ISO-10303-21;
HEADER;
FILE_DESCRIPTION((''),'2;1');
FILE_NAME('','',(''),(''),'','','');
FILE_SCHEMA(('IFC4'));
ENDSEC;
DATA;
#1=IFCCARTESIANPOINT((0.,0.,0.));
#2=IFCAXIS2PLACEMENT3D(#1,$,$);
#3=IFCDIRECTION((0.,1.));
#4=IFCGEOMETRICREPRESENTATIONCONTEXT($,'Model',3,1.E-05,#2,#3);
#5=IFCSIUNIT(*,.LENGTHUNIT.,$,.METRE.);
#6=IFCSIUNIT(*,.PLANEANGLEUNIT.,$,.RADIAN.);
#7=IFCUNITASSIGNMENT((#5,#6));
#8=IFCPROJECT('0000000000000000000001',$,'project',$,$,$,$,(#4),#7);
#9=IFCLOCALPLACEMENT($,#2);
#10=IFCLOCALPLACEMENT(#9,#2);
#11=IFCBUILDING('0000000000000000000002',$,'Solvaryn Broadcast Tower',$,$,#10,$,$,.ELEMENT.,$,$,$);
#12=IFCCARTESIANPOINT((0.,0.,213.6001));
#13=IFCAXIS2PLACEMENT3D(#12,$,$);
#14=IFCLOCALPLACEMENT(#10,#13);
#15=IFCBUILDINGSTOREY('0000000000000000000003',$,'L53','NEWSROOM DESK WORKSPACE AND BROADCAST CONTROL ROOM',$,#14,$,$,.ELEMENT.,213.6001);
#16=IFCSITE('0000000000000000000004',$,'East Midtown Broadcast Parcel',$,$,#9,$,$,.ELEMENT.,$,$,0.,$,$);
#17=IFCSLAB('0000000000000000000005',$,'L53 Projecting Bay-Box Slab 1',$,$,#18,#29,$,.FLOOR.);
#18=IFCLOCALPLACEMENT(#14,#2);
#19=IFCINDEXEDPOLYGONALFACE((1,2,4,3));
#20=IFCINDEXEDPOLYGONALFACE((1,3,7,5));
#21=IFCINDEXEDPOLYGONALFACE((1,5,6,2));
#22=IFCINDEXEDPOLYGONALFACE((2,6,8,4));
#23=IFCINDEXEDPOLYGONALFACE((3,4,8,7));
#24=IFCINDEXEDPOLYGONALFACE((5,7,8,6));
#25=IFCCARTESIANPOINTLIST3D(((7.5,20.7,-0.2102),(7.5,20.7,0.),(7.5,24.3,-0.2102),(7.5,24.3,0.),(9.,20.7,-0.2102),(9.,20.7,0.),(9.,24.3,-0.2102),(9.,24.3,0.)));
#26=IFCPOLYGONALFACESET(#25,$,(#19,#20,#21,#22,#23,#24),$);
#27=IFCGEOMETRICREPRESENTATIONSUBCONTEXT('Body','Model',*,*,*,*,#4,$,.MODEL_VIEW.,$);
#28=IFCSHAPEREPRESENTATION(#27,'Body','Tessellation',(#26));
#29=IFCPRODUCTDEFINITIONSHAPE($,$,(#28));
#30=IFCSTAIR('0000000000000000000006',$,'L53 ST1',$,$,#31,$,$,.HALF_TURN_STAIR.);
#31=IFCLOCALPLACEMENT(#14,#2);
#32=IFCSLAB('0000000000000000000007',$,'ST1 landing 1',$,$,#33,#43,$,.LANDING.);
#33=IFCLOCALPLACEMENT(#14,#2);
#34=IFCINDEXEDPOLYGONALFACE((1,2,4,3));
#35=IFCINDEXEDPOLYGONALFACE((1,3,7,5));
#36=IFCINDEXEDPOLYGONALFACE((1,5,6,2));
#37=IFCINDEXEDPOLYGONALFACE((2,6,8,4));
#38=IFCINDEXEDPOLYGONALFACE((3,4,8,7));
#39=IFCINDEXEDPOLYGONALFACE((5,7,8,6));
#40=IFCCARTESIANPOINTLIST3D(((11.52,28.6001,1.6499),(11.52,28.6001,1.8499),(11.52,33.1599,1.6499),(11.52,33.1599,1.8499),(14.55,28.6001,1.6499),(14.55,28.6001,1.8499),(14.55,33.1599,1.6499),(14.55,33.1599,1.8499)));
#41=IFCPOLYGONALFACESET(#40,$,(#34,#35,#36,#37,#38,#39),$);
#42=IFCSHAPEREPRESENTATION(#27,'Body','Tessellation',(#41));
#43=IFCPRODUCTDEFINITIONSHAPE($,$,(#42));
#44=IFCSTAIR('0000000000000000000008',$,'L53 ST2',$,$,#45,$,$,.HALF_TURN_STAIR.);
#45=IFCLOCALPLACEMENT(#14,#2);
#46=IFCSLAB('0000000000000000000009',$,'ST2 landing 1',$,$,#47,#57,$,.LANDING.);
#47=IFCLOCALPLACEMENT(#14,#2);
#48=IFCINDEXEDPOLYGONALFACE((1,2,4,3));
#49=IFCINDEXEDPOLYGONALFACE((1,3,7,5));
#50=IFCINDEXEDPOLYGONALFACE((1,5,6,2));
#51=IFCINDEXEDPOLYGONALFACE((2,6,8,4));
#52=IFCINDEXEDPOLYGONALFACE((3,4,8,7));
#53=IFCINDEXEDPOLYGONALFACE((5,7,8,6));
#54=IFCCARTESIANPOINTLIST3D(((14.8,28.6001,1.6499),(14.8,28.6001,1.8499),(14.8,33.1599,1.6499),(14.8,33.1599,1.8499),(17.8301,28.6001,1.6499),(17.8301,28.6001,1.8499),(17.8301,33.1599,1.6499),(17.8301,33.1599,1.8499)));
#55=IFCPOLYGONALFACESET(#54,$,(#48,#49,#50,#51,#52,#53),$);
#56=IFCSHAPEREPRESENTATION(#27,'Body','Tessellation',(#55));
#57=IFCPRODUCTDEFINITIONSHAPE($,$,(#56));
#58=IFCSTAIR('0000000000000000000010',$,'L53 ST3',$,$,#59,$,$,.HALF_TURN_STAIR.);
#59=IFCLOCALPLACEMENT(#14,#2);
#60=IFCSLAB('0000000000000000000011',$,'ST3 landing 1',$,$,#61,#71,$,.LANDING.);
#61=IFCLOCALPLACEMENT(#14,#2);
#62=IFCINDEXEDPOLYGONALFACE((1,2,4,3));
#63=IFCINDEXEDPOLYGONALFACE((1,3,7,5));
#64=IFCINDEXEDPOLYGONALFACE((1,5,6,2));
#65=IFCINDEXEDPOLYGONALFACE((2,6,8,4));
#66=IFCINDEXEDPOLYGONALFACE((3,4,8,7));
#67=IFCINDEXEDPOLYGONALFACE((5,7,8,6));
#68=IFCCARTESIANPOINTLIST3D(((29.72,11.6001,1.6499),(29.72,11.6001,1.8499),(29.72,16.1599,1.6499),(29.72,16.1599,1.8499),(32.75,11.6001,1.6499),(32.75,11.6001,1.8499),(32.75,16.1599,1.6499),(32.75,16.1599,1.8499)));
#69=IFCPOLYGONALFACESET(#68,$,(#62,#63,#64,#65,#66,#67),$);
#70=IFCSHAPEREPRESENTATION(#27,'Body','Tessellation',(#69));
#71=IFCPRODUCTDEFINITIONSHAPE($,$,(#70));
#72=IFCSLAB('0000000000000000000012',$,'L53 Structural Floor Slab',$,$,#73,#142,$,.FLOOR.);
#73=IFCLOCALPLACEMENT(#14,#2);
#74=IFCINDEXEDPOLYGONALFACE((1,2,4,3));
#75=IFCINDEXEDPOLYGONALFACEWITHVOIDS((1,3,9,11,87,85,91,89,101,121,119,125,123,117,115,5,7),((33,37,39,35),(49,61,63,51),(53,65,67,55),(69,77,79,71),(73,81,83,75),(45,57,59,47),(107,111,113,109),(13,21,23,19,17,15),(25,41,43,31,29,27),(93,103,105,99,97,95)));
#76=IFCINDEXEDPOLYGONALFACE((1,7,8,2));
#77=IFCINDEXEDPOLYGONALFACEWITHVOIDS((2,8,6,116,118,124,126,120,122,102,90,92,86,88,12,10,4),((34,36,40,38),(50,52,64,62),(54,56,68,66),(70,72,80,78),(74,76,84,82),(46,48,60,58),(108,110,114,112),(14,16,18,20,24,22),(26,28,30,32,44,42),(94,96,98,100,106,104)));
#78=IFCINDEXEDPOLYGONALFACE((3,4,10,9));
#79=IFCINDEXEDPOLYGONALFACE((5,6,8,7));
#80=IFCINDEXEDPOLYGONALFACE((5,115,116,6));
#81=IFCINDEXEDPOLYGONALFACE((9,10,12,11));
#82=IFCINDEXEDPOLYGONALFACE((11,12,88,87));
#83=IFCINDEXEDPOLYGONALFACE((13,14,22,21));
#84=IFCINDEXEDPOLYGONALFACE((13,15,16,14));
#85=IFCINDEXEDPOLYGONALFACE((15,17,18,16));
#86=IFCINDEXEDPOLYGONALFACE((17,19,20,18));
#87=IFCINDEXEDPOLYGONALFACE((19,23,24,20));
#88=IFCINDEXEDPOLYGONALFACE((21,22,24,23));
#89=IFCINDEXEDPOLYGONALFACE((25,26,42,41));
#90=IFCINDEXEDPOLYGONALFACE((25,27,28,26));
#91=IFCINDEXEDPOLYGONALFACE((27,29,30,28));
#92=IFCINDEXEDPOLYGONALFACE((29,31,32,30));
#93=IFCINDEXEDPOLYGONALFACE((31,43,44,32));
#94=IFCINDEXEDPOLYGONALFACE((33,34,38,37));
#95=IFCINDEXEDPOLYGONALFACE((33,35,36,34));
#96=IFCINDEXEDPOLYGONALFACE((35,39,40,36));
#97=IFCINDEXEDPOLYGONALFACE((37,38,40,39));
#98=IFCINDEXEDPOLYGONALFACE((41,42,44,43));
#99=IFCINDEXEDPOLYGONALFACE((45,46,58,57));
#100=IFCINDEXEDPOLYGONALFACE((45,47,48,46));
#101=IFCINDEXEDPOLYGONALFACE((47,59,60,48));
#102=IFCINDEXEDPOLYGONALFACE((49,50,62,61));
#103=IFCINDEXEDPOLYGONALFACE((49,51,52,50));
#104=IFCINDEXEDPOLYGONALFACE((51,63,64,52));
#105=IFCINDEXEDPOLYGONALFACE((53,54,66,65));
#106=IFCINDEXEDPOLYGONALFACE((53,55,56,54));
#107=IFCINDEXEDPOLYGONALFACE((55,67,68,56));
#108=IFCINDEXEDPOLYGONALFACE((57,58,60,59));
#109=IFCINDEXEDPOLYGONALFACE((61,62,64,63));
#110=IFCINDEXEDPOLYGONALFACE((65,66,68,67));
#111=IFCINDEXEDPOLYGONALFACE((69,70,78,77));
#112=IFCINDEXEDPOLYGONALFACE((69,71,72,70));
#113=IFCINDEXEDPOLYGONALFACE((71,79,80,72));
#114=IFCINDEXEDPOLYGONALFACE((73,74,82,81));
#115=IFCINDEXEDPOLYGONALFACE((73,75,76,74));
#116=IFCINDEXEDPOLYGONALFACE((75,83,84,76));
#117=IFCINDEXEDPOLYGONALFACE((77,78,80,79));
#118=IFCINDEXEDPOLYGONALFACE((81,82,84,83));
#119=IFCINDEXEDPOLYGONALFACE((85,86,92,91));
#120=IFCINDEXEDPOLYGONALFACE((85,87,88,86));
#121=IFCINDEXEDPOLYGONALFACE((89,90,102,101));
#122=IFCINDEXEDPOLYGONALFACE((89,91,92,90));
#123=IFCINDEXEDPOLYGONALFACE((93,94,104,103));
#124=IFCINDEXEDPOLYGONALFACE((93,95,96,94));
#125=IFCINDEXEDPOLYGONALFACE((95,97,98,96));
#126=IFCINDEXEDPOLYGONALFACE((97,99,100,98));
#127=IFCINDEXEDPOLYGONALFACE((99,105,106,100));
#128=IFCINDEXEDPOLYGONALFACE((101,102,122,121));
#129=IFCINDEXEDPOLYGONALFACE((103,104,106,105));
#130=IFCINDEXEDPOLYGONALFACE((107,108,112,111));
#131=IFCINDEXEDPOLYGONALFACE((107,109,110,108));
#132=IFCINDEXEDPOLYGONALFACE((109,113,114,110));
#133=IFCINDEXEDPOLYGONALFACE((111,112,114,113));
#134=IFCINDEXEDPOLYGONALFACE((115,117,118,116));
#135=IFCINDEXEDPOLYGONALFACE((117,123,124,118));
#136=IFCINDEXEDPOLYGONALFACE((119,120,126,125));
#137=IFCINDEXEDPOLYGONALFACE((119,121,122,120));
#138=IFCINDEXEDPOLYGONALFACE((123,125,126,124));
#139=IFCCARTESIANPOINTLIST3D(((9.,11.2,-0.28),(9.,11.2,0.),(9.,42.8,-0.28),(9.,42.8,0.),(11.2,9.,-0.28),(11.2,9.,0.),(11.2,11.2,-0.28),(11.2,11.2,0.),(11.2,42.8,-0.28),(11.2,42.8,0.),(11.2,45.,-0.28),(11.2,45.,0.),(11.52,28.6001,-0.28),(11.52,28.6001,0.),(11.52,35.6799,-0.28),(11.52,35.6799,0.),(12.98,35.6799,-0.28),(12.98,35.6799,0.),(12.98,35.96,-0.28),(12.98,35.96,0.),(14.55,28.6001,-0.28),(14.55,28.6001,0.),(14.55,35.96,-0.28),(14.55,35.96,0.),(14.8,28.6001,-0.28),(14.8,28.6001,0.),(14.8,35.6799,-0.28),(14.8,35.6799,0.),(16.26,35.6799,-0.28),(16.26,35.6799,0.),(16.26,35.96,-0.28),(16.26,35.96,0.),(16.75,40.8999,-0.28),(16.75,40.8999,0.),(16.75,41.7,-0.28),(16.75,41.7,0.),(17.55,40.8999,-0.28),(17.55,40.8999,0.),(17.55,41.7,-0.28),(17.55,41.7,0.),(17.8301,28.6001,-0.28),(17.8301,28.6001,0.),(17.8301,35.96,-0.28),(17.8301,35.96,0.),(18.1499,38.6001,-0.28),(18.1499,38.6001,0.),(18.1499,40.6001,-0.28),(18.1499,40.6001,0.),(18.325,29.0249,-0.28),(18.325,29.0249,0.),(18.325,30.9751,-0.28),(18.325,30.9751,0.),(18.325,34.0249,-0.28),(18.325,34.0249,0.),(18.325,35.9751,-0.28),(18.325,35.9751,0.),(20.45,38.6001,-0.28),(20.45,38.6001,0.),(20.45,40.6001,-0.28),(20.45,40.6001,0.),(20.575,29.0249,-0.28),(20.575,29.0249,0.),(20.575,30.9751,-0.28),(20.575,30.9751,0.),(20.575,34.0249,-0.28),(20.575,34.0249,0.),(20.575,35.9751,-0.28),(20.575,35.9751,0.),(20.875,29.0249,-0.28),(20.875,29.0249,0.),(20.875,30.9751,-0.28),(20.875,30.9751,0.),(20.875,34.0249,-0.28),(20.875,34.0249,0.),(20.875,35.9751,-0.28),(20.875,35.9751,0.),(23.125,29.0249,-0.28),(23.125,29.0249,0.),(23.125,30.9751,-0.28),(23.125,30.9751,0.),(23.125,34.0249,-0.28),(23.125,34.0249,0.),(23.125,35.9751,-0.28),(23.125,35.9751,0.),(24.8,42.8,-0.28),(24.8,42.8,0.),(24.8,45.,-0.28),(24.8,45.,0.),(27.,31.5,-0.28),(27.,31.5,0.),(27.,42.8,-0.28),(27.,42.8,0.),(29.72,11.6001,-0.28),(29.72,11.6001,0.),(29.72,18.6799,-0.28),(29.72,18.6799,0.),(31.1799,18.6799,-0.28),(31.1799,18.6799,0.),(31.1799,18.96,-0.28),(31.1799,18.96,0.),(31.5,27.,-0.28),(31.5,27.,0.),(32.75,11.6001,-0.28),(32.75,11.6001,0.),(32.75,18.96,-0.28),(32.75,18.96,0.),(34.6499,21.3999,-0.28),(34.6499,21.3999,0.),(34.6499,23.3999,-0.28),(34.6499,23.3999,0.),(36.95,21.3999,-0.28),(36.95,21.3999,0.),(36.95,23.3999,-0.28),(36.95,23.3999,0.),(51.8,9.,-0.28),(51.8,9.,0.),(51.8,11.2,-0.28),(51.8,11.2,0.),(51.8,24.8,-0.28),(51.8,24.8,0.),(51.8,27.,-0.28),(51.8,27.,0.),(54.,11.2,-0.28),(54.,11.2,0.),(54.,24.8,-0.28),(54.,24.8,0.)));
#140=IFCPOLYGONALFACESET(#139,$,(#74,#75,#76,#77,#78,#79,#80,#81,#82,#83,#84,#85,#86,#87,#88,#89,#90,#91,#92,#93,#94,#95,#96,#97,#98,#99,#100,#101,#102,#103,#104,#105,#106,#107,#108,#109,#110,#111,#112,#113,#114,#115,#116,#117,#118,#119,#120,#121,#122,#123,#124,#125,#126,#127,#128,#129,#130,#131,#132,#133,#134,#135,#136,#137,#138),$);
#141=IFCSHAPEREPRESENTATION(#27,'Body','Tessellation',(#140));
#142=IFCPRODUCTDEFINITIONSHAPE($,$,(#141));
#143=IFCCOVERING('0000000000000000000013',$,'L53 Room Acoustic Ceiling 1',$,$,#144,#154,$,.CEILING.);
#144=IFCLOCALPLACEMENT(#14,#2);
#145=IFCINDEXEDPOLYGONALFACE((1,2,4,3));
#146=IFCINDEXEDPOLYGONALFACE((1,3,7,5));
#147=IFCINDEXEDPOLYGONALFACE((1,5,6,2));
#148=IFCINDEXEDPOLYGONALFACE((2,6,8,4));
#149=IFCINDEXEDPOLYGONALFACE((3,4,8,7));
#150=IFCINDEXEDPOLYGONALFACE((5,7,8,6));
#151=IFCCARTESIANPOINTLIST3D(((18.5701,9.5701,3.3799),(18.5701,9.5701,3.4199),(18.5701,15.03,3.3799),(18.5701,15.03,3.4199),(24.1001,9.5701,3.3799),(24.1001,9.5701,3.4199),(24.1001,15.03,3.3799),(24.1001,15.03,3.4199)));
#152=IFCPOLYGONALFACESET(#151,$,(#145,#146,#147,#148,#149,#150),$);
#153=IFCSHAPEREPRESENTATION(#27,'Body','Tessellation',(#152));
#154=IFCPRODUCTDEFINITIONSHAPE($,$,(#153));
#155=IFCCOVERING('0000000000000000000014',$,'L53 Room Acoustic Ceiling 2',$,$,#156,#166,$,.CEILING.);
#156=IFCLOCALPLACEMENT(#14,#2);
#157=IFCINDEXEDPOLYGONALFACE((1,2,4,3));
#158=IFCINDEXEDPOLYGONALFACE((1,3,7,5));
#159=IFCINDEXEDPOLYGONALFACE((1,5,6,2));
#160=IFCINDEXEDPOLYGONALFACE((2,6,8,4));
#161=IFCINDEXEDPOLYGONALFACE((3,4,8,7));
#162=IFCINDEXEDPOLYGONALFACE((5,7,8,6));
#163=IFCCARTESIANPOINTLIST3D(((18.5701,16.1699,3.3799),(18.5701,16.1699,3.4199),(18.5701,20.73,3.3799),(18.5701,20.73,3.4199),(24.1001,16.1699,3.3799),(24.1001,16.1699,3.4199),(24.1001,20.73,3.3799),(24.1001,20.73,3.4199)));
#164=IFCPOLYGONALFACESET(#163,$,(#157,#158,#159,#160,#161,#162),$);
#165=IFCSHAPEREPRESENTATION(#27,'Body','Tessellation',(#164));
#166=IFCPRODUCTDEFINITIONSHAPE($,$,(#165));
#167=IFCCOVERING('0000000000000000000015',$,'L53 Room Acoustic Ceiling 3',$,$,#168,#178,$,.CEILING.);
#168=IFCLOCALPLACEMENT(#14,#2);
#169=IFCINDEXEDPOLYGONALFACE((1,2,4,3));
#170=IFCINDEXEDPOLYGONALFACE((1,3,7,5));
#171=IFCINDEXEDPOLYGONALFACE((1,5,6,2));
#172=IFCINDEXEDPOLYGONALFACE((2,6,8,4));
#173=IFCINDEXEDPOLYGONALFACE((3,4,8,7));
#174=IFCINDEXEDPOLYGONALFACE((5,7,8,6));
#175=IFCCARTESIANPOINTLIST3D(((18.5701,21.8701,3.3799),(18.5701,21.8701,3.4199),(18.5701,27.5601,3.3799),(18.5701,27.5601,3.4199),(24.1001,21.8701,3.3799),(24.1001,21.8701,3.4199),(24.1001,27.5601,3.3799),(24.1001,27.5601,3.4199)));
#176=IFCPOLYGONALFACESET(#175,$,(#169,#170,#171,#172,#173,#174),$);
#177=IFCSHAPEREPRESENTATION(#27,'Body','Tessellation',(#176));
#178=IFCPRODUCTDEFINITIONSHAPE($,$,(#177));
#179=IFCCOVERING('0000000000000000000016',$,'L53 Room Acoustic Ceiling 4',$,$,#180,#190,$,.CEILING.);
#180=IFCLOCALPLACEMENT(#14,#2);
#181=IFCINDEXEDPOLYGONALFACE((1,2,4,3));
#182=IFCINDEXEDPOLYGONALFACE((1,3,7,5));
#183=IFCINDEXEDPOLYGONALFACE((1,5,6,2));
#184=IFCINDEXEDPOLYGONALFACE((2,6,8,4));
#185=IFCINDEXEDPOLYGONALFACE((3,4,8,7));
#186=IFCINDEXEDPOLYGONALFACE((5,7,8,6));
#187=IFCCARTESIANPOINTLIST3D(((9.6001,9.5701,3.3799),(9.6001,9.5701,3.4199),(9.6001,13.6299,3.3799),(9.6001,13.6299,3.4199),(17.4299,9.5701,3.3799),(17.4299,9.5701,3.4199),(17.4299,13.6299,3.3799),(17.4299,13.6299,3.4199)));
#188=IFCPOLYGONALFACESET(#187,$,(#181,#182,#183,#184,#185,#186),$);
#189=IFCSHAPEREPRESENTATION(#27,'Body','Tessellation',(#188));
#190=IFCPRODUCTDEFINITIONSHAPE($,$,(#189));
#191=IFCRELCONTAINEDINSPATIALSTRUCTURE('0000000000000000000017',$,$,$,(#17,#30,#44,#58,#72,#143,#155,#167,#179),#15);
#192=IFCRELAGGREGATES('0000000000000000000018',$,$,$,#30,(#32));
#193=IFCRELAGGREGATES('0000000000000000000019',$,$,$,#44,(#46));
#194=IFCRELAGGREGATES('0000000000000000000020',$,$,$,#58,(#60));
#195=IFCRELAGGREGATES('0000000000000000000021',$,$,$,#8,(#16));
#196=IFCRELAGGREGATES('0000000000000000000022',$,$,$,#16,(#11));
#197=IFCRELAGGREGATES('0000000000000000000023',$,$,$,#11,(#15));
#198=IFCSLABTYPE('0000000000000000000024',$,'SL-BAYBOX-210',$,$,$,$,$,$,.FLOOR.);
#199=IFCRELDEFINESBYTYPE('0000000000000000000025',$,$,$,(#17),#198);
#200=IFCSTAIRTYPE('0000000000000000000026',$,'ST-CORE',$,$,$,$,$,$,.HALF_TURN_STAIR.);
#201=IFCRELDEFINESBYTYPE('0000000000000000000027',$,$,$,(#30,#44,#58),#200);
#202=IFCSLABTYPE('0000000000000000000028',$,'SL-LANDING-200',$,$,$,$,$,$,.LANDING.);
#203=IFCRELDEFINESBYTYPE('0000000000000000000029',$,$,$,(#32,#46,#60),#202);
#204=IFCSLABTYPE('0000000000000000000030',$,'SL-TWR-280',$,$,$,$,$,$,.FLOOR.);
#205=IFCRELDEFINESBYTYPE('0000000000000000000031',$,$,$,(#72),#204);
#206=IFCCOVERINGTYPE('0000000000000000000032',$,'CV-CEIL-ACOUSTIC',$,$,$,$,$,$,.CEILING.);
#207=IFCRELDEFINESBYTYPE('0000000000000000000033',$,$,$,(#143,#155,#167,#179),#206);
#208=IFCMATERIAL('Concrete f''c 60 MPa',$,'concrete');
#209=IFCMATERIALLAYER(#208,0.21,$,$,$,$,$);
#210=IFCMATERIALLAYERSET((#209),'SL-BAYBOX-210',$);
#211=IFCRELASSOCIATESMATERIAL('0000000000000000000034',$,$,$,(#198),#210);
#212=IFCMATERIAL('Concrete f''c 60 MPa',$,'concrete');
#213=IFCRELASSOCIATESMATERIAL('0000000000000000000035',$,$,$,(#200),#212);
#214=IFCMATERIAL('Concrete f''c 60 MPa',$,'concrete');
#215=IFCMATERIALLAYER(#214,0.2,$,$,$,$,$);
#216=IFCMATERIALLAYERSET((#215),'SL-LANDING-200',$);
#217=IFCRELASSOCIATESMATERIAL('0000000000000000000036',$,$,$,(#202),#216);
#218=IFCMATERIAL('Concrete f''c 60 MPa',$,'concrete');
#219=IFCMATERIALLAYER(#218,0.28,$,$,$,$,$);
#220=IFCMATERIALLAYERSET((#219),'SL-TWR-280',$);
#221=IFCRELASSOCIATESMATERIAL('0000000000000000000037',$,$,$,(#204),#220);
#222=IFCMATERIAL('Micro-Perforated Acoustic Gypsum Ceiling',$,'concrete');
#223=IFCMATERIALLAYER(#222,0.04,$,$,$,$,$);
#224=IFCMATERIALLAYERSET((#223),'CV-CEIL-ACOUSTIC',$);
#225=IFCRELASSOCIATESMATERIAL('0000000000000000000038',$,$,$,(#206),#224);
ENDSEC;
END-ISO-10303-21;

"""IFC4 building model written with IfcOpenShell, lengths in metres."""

from ifc_helpers import new_model, si_unit, direction, frame, origin, place, context, subcontext, project, spatial, polyline, outline, extrude, material, layer, layer_set, type_object, element, aggregate, save


model = new_model("IFC4")

# Units and contexts
model_context = context("Model", 3, precision=1e-05, world=origin(), true_north=direction((0.0, 1.0)))
body_context = subcontext(model_context, "Body", "Model", "MODEL_VIEW")
ifc_project = project(units=[si_unit("LENGTHUNIT", "METRE"), si_unit("PLANEANGLEUNIT", "RADIAN")], contexts=[model_context])

# Site, building, storey
site_placement = place(None, origin())
site = spatial("IfcSite", under=ifc_project, at=site_placement, Name="East Midtown Broadcast Parcel", CompositionType="ELEMENT", RefElevation=0.0)
building_placement = place(site_placement, origin())
building = spatial("IfcBuilding", under=site, at=building_placement, Name="Solvaryn Broadcast Tower", CompositionType="ELEMENT")
storey_placement = place(building_placement, frame((0.0, 0.0, 213.6001)))
storey = spatial("IfcBuildingStorey", under=building, at=storey_placement, Name="L53", Description="NEWSROOM DESK WORKSPACE AND BROADCAST CONTROL ROOM", CompositionType="ELEMENT", Elevation=213.6001)

# Slab
ifc_material_1 = material(Name="Concrete f'c 60 MPa", Category="concrete")
ifc_layer_1 = layer(ifc_material_1, 0.21)
ifc_layer_set_1 = layer_set([ifc_layer_1], Name="SL-BAYBOX-210")
slab_type_1 = type_object("IfcSlabType", Name="SL-BAYBOX-210", PredefinedType="FLOOR", material=ifc_layer_set_1)
slab_1_placement = place(storey_placement, frame((0.0, 0.0, -0.2102)))
element("IfcSlab", 1, at=slab_1_placement, inside=storey, type_object=slab_type_1, Name="L53 Projecting Bay-Box Slab 1", PredefinedType="FLOOR", context=body_context, shape_type="SweptSolid", body=[
    extrude(outline(polyline([(7.5, 20.7), (9.0, 20.7), (9.0, 24.3), (7.5, 24.3), (7.5, 20.7)])), origin(), (0.0, 0.0, 1.0), 0.2102),
])

# Stairs, slabs
ifc_material_2 = material(Name="Concrete f'c 60 MPa", Category="concrete")
stair_type = type_object("IfcStairType", Name="ST-CORE", PredefinedType="HALF_TURN_STAIR", material=ifc_material_2)
stair_1_placement = place(storey_placement, origin())
stair_1 = element("IfcStair", 2, at=stair_1_placement, inside=storey, type_object=stair_type, Name="L53 ST1", PredefinedType="HALF_TURN_STAIR")
ifc_material_3 = material(Name="Concrete f'c 60 MPa", Category="concrete")
ifc_layer_2 = layer(ifc_material_3, 0.2)
ifc_layer_set_2 = layer_set([ifc_layer_2], Name="SL-LANDING-200")
slab_type_2 = type_object("IfcSlabType", Name="SL-LANDING-200", PredefinedType="LANDING", material=ifc_layer_set_2)
slab_2_placement = place(storey_placement, frame((0.0, 0.0, 1.6499)))
slab_2 = element("IfcSlab", 3, at=slab_2_placement, type_object=slab_type_2, Name="ST1 landing 1", PredefinedType="LANDING", context=body_context, shape_type="SweptSolid", body=[
    extrude(outline(polyline([(11.52, 33.1599), (11.52, 28.6001), (14.55, 28.6001), (14.55, 33.1599), (11.52, 33.1599)])), origin(), (0.0, 0.0, 1.0), 0.2),
])
aggregate(stair_1, [slab_2])
stair_2_placement = place(storey_placement, origin())
stair_2 = element("IfcStair", 4, at=stair_2_placement, inside=storey, type_object=stair_type, Name="L53 ST2", PredefinedType="HALF_TURN_STAIR")
slab_3_placement = place(storey_placement, frame((0.0, 0.0, 1.6499)))
slab_3 = element("IfcSlab", 5, at=slab_3_placement, type_object=slab_type_2, Name="ST2 landing 1", PredefinedType="LANDING", context=body_context, shape_type="SweptSolid", body=[
    extrude(outline(polyline([(14.8, 33.1599), (14.8, 28.6001), (17.8301, 28.6001), (17.8301, 33.1599), (14.8, 33.1599)])), origin(), (0.0, 0.0, 1.0), 0.2),
])
aggregate(stair_2, [slab_3])
stair_3_placement = place(storey_placement, origin())
stair_3 = element("IfcStair", 6, at=stair_3_placement, inside=storey, type_object=stair_type, Name="L53 ST3", PredefinedType="HALF_TURN_STAIR")
slab_4_placement = place(storey_placement, frame((0.0, 0.0, 1.6499)))
slab_4 = element("IfcSlab", 7, at=slab_4_placement, type_object=slab_type_2, Name="ST3 landing 1", PredefinedType="LANDING", context=body_context, shape_type="SweptSolid", body=[
    extrude(outline(polyline([(29.72, 16.1599), (29.72, 11.6001), (32.75, 11.6001), (32.75, 16.1599), (29.72, 16.1599)])), origin(), (0.0, 0.0, 1.0), 0.2),
])
aggregate(stair_3, [slab_4])

# Slab
ifc_material_4 = material(Name="Concrete f'c 60 MPa", Category="concrete")
ifc_layer_3 = layer(ifc_material_4, 0.28)
ifc_layer_set_3 = layer_set([ifc_layer_3], Name="SL-TWR-280")
slab_type_3 = type_object("IfcSlabType", Name="SL-TWR-280", PredefinedType="FLOOR", material=ifc_layer_set_3)
slab_5_placement = place(storey_placement, frame((0.0, 0.0, -0.28)))
element("IfcSlab", 8, at=slab_5_placement, inside=storey, type_object=slab_type_3, Name="L53 Structural Floor Slab", PredefinedType="FLOOR", context=body_context, shape_type="SweptSolid", body=[
    extrude(outline(polyline([(11.2, 9.0), (51.8, 9.0), (51.8, 11.2), (54.0, 11.2), (54.0, 24.8), (51.8, 24.8), (51.8, 27.0), (31.5, 27.0), (27.0, 31.5), (27.0, 42.8), (24.8, 42.8), (24.8, 45.0), (11.2, 45.0), (11.2, 42.8), (9.0, 42.8), (9.0, 11.2), (11.2, 11.2), (11.2, 9.0)]), holes=[polyline([(11.52, 28.6001), (14.55, 28.6001), (14.55, 35.96), (12.98, 35.96), (12.98, 35.6799), (11.52, 35.6799), (11.52, 28.6001)]), polyline([(14.8, 28.6001), (17.8301, 28.6001), (17.8301, 35.96), (16.26, 35.96), (16.26, 35.6799), (14.8, 35.6799), (14.8, 28.6001)]), polyline([(29.72, 11.6001), (32.75, 11.6001), (32.75, 18.96), (31.1799, 18.96), (31.1799, 18.6799), (29.72, 18.6799), (29.72, 11.6001)]), polyline([(18.1499, 38.6001), (20.45, 38.6001), (20.45, 40.6001), (18.1499, 40.6001), (18.1499, 38.6001)]), polyline([(18.325, 29.0249), (20.575, 29.0249), (20.575, 30.9751), (18.325, 30.9751), (18.325, 29.0249)]), polyline([(20.875, 29.0249), (23.125, 29.0249), (23.125, 30.9751), (20.875, 30.9751), (20.875, 29.0249)]), polyline([(18.325, 34.0249), (20.575, 34.0249), (20.575, 35.9751), (18.325, 35.9751), (18.325, 34.0249)]), polyline([(20.875, 34.0249), (23.125, 34.0249), (23.125, 35.9751), (20.875, 35.9751), (20.875, 34.0249)]), polyline([(34.6499, 21.3999), (36.95, 21.3999), (36.95, 23.3999), (34.6499, 23.3999), (34.6499, 21.3999)]), polyline([(16.75, 40.8999), (17.55, 40.8999), (17.55, 41.7), (16.75, 41.7), (16.75, 40.8999)])]), origin(), (0.0, 0.0, 1.0), 0.28),
])

# Coverings
ifc_material_5 = material(Name="Micro-Perforated Acoustic Gypsum Ceiling", Category="concrete")
ifc_layer_4 = layer(ifc_material_5, 0.04)
ifc_layer_set_4 = layer_set([ifc_layer_4], Name="CV-CEIL-ACOUSTIC")
covering_type_1 = type_object("IfcCoveringType", Name="CV-CEIL-ACOUSTIC", PredefinedType="CEILING", material=ifc_layer_set_4)
covering_1_placement = place(storey_placement, frame((0.0, 0.0, 3.3799)))
element("IfcCovering", 9, at=covering_1_placement, inside=storey, type_object=covering_type_1, Name="L53 Room Acoustic Ceiling 1", PredefinedType="CEILING", context=body_context, shape_type="SweptSolid", body=[
    extrude(outline(polyline([(18.5701, 9.5701), (24.1001, 9.5701), (24.1001, 15.03), (18.5701, 15.03), (18.5701, 9.5701)])), origin(), (0.0, 0.0, 1.0), 0.04),
])
covering_2_placement = place(storey_placement, frame((0.0, 0.0, 3.3799)))
element("IfcCovering", 10, at=covering_2_placement, inside=storey, type_object=covering_type_1, Name="L53 Room Acoustic Ceiling 2", PredefinedType="CEILING", context=body_context, shape_type="SweptSolid", body=[
    extrude(outline(polyline([(18.5701, 16.1699), (24.1001, 16.1699), (24.1001, 20.73), (18.5701, 20.73), (18.5701, 16.1699)])), origin(), (0.0, 0.0, 1.0), 0.04),
])
covering_3_placement = place(storey_placement, frame((0.0, 0.0, 3.3799)))
element("IfcCovering", 11, at=covering_3_placement, inside=storey, type_object=covering_type_1, Name="L53 Room Acoustic Ceiling 3", PredefinedType="CEILING", context=body_context, shape_type="SweptSolid", body=[
    extrude(outline(polyline([(18.5701, 21.8701), (24.1001, 21.8701), (24.1001, 27.5601), (18.5701, 27.5601), (18.5701, 21.8701)])), origin(), (0.0, 0.0, 1.0), 0.04),
])
covering_4_placement = place(storey_placement, frame((0.0, 0.0, 3.3799)))
element("IfcCovering", 12, at=covering_4_placement, inside=storey, type_object=covering_type_1, Name="L53 Room Acoustic Ceiling 4", PredefinedType="CEILING", context=body_context, shape_type="SweptSolid", body=[
    extrude(outline(polyline([(9.6001, 9.5701), (17.4299, 9.5701), (17.4299, 13.6299), (9.6001, 13.6299), (9.6001, 9.5701)])), origin(), (0.0, 0.0, 1.0), 0.04),
])

save(model, "model.ifc")
